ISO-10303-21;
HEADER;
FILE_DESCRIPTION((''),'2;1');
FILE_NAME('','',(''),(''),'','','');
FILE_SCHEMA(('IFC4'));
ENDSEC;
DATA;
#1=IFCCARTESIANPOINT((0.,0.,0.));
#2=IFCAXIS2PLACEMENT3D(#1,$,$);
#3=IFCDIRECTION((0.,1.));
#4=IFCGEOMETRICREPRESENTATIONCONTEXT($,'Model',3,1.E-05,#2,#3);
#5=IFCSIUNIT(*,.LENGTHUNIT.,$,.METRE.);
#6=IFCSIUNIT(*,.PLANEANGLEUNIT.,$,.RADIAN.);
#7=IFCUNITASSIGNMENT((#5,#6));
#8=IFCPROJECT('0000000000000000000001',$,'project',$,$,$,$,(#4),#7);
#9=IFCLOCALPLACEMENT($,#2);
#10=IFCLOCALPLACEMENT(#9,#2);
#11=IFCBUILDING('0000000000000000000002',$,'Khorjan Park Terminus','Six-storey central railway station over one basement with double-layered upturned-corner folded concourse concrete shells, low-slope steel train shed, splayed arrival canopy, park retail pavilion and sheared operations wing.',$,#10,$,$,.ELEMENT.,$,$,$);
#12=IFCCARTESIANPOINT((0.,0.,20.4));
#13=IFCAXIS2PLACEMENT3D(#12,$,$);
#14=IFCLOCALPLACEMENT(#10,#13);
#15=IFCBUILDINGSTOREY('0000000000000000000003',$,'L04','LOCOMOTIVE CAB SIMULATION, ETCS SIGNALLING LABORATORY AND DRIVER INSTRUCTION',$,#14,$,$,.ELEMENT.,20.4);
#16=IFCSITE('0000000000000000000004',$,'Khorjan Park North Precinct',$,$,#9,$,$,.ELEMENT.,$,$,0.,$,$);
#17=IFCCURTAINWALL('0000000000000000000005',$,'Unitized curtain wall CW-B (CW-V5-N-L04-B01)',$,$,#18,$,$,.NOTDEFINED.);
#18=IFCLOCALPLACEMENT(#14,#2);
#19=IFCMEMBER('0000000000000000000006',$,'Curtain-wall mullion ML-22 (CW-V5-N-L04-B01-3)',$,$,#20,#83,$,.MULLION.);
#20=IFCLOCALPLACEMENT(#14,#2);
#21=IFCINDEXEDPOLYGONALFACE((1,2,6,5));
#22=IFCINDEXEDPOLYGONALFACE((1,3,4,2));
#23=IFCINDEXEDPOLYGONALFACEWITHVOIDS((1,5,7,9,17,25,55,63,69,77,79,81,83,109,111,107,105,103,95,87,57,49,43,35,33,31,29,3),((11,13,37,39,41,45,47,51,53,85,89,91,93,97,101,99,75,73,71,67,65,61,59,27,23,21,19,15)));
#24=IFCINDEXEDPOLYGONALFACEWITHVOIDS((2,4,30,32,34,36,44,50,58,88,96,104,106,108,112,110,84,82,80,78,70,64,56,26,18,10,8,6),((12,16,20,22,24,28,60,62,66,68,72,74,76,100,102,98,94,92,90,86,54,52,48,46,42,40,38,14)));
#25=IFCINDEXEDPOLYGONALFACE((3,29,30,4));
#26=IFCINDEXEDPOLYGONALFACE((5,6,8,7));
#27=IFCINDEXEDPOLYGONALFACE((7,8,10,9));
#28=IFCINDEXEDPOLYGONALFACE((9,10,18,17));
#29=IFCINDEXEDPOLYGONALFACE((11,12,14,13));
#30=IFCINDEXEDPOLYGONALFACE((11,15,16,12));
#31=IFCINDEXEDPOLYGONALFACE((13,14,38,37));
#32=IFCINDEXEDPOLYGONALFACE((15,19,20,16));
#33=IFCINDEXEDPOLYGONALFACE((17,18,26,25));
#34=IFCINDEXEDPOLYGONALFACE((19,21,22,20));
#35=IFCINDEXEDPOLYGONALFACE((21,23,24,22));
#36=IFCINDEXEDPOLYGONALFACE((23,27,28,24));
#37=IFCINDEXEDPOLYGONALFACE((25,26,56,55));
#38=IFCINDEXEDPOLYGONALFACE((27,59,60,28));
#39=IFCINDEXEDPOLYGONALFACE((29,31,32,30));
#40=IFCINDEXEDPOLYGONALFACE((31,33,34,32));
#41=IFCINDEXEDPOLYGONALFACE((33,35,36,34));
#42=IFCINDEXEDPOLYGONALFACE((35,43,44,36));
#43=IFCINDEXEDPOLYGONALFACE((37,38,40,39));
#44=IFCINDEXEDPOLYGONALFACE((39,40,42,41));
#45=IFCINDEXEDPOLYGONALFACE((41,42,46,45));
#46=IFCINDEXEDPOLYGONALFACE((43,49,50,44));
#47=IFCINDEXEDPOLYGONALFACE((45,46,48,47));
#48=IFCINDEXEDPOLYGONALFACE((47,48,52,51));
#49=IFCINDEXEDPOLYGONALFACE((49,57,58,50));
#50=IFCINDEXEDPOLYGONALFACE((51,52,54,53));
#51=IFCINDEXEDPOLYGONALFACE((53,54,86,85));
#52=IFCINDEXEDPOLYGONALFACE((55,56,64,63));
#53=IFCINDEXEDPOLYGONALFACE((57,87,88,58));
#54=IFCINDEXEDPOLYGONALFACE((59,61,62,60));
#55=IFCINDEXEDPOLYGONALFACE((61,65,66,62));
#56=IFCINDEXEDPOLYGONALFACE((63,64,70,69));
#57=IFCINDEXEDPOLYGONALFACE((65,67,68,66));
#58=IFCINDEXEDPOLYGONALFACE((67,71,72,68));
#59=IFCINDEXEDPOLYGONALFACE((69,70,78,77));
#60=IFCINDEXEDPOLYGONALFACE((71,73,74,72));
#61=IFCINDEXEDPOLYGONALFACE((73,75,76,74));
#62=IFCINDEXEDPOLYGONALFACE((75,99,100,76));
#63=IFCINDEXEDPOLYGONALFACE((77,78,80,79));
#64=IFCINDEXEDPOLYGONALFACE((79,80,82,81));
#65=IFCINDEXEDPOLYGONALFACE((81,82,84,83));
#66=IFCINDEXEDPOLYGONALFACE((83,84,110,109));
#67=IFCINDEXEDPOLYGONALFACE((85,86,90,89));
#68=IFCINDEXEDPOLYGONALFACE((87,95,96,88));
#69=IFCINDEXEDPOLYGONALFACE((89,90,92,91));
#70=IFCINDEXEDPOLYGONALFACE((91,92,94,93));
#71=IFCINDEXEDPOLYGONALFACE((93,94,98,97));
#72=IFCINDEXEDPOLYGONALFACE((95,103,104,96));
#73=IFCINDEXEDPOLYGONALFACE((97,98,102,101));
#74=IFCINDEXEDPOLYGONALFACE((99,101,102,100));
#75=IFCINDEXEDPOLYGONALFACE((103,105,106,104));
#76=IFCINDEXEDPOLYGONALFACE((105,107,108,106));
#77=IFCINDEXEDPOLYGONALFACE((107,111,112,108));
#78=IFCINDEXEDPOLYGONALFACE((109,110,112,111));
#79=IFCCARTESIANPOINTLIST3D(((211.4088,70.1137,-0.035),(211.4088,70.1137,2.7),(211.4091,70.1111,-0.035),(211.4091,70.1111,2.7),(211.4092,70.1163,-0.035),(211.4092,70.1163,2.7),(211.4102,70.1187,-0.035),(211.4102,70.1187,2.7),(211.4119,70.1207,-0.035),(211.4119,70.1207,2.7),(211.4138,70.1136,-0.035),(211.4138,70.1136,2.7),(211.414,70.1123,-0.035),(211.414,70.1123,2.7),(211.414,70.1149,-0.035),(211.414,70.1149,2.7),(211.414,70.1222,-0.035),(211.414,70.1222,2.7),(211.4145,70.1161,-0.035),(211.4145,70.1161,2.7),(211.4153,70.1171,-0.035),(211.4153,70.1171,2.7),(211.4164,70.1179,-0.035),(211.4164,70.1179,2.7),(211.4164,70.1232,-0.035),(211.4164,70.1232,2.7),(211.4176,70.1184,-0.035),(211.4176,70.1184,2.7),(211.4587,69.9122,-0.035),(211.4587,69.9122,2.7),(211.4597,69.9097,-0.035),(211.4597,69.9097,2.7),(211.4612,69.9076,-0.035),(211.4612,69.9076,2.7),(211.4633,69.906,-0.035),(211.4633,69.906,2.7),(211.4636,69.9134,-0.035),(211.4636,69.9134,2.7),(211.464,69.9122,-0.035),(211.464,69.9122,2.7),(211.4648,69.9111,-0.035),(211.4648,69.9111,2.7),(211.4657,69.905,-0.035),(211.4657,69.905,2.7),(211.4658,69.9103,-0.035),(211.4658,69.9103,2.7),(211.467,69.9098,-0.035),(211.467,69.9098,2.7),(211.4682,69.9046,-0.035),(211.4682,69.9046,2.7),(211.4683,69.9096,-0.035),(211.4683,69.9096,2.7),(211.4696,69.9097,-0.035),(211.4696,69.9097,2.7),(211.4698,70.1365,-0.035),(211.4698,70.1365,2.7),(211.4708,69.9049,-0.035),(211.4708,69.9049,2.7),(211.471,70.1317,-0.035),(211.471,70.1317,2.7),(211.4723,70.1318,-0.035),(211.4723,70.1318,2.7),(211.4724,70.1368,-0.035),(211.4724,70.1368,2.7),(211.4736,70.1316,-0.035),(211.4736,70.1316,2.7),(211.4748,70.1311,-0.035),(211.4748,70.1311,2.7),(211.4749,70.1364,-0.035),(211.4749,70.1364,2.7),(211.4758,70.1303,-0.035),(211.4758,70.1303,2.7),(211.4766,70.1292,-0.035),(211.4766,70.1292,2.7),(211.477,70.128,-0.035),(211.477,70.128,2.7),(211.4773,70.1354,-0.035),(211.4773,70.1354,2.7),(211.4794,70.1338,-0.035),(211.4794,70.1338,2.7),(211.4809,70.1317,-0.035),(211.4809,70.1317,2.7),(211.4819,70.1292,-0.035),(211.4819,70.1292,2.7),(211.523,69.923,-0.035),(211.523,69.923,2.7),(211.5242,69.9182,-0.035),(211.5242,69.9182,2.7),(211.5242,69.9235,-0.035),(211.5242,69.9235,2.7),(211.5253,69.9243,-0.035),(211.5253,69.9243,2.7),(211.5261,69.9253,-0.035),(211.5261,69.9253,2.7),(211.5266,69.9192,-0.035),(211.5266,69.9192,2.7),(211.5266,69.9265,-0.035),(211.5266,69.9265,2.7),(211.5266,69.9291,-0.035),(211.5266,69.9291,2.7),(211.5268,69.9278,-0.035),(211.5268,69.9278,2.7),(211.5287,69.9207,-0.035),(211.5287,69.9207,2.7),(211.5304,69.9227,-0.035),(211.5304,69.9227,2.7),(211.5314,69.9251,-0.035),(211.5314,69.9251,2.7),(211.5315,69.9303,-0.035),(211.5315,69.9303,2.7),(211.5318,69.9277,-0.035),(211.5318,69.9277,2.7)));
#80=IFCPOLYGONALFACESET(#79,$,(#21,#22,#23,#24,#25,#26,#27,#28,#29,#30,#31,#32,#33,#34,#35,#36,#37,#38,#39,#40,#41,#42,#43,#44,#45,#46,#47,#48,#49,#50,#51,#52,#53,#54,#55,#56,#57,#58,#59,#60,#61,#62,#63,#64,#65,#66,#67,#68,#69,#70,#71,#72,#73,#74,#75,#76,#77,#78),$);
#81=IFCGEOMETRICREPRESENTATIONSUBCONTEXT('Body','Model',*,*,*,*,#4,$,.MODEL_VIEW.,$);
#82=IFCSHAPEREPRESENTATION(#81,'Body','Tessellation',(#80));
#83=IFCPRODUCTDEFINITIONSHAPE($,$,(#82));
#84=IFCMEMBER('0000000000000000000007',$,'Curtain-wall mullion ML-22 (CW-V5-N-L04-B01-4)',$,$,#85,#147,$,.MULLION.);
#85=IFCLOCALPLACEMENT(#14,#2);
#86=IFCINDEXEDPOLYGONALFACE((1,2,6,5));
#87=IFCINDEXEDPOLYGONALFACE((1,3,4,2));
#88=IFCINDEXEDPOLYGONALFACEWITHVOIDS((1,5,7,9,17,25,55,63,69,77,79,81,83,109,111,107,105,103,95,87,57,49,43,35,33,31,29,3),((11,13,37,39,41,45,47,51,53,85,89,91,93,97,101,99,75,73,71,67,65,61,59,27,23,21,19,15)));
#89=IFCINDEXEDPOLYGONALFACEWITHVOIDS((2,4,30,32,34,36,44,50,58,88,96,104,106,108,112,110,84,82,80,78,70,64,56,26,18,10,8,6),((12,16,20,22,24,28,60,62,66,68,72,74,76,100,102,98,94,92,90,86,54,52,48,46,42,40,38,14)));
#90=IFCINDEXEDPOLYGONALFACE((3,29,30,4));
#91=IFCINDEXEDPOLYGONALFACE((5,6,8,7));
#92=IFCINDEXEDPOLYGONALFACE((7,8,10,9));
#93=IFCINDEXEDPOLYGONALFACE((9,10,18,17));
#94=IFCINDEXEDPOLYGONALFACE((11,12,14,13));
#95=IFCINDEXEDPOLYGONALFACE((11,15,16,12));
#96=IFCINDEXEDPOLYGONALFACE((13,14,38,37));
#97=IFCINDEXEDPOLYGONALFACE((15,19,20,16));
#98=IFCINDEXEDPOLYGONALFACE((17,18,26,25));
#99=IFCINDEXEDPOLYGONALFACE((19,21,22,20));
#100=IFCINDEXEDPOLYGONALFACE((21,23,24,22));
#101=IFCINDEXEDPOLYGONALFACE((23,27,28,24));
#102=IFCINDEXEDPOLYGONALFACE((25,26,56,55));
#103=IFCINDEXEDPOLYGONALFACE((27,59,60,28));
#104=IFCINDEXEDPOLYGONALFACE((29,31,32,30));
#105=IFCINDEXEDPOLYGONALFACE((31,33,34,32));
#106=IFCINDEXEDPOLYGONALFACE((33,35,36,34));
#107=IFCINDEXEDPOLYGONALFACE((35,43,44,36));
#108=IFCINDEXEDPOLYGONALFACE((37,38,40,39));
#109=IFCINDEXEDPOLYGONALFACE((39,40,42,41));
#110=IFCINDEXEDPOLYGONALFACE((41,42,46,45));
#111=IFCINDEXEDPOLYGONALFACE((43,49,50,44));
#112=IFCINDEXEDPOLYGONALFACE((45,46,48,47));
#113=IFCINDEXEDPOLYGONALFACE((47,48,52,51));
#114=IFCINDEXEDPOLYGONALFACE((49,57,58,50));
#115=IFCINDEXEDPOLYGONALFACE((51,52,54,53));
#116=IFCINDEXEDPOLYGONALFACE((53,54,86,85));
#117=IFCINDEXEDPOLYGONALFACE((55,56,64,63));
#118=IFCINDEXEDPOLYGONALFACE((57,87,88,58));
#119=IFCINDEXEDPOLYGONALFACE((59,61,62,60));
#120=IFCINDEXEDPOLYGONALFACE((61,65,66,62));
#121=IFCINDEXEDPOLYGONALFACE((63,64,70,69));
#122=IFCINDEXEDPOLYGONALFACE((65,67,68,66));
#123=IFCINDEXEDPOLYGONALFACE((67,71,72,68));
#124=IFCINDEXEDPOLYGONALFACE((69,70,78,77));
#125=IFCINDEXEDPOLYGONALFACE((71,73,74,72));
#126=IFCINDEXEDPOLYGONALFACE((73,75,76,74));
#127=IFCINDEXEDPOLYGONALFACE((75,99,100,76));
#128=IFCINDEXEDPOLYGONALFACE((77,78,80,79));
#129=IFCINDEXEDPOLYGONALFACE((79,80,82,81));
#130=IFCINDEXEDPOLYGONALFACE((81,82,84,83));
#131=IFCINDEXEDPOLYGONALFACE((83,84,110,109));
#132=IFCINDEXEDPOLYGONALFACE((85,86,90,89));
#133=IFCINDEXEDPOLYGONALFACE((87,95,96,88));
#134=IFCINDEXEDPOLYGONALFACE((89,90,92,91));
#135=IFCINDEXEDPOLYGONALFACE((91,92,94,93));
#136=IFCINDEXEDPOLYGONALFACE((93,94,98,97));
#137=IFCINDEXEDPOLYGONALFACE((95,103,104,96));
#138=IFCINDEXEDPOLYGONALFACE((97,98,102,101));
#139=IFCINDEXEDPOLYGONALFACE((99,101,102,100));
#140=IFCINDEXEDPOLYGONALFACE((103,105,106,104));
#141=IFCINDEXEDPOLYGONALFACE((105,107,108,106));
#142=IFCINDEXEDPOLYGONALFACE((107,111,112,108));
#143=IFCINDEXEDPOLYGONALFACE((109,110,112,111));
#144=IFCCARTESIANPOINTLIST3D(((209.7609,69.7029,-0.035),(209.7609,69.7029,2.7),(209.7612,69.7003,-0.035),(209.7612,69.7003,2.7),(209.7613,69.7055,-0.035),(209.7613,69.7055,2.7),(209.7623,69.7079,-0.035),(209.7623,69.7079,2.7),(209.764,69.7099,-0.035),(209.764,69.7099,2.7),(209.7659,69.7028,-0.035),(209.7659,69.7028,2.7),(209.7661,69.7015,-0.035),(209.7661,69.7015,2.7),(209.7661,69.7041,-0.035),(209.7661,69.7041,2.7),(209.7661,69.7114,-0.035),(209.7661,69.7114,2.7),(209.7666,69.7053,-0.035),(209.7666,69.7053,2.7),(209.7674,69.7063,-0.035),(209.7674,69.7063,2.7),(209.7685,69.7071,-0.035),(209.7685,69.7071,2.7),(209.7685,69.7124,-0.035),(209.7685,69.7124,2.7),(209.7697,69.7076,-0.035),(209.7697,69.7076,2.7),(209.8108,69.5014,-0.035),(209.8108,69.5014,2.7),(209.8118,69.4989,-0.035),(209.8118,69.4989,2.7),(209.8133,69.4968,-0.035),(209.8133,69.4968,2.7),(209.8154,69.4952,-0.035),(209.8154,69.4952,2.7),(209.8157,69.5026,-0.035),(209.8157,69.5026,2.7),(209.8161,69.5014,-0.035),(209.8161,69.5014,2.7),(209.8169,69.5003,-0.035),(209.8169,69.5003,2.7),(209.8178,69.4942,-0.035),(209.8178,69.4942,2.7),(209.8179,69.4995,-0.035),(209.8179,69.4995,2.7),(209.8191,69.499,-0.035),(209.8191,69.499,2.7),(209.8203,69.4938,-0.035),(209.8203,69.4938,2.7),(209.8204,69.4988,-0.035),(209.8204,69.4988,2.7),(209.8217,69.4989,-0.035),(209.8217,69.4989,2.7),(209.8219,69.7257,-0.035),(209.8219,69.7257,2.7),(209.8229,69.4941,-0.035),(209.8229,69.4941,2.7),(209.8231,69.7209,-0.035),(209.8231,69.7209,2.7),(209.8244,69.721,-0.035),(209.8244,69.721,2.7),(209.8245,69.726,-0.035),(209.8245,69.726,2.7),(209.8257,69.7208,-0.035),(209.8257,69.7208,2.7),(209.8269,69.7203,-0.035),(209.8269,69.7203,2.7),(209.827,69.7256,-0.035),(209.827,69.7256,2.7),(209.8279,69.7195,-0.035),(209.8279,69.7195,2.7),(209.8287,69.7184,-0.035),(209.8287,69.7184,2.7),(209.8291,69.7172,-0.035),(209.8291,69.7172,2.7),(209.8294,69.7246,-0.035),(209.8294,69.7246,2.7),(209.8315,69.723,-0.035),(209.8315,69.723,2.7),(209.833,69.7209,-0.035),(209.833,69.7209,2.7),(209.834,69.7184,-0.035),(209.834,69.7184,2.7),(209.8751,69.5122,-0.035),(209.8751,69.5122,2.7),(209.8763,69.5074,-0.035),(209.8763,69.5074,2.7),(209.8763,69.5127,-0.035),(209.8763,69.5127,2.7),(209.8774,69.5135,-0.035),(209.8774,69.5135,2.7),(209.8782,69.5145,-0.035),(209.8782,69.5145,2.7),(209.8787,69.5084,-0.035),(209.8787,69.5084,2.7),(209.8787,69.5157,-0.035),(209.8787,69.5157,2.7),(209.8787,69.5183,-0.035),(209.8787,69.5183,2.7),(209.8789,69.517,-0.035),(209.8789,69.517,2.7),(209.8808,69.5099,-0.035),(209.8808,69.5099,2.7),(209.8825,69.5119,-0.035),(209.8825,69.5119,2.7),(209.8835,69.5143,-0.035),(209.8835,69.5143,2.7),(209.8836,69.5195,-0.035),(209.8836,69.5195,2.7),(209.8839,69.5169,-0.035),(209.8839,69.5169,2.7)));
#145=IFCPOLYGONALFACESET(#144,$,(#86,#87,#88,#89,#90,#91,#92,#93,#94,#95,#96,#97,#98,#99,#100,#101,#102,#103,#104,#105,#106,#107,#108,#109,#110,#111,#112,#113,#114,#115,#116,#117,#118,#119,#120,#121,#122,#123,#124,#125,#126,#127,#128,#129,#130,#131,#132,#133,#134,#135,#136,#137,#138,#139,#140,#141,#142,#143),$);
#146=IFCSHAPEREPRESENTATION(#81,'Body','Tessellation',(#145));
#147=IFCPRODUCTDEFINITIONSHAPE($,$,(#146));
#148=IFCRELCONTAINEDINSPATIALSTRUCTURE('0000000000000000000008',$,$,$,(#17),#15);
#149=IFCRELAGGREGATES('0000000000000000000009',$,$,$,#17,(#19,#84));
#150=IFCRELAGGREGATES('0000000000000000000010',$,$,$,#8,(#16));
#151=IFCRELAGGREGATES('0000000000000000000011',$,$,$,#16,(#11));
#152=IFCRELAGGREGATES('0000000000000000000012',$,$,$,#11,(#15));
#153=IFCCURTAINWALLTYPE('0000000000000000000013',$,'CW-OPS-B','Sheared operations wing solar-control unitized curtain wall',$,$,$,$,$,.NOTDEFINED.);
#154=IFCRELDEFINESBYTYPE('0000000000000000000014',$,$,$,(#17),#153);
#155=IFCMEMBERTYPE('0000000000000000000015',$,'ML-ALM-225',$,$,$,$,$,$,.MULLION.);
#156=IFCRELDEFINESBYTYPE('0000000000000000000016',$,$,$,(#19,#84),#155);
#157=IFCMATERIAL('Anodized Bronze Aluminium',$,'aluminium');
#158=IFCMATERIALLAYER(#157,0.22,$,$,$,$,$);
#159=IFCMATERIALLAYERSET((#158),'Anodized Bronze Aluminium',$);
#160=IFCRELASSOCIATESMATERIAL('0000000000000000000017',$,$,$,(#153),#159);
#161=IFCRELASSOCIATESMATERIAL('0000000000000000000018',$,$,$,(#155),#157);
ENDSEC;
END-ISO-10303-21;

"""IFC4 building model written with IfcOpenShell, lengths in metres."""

from ifc_helpers import new_model, si_unit, direction, frame, origin, origin_2d, place, context, subcontext, project, spatial, hollow_rectangle, extrude, material, layer, layer_set, material_profile, profile_set, type_object, element, aggregate, save


model = new_model("IFC4")

# Units and contexts
model_context = context("Model", 3, precision=1e-05, world=origin(), true_north=direction((0.0, 1.0)))
body_context = subcontext(model_context, "Body", "Model", "MODEL_VIEW")
ifc_project = project(units=[si_unit("LENGTHUNIT", "METRE"), si_unit("PLANEANGLEUNIT", "RADIAN")], contexts=[model_context])

# Site, building, storey
site_placement = place(None, origin())
site = spatial("IfcSite", under=ifc_project, at=site_placement, Name="Khorjan Park North Precinct", CompositionType="ELEMENT", RefElevation=0.0)
building_placement = place(site_placement, origin())
building = spatial("IfcBuilding", under=site, at=building_placement, Name="Khorjan Park Terminus", Description="Six-storey central railway station over one basement with double-layered upturned-corner folded concourse concrete shells, low-slope steel train shed, splayed arrival canopy, park retail pavilion and sheared operations wing.", CompositionType="ELEMENT")
storey_placement = place(building_placement, frame((0.0, 0.0, 20.4)))
storey = spatial("IfcBuildingStorey", under=building, at=storey_placement, Name="L04", Description="LOCOMOTIVE CAB SIMULATION, ETCS SIGNALLING LABORATORY AND DRIVER INSTRUCTION", CompositionType="ELEMENT", Elevation=20.4)

# Shared definitions
ifc_material_1 = material(Name="Anodized Bronze Aluminium", Category="aluminium")
ifc_layer_1 = layer(ifc_material_1, 0.22)
ifc_layer_set_1 = layer_set([ifc_layer_1], Name="Anodized Bronze Aluminium")
curtain_wall_type = type_object("IfcCurtainWallType", Name="CW-OPS-B", Description="Sheared operations wing solar-control unitized curtain wall", PredefinedType="NOTDEFINED", material=ifc_layer_set_1)
ifc_material_profile_1 = material_profile(ifc_material_1, hollow_rectangle(XDim=0.075, YDim=0.225, WallThickness=0.005, InnerFilletRadius=0.005, OuterFilletRadius=0.01, at=origin_2d()), Name="ALM 75x225x5")
ifc_profile_set_1 = profile_set([ifc_material_profile_1], Name="Anodized Bronze Aluminium")
member_type_1 = type_object("IfcMemberType", Name="ML-ALM-225", PredefinedType="MULLION", material=ifc_profile_set_1)

# Curtain wall, members
curtain_wall_1_placement = place(storey_placement, origin())
curtain_wall_1 = element("IfcCurtainWall", 1, at=curtain_wall_1_placement, inside=storey, type_object=curtain_wall_type, Name="Unitized curtain wall CW-B (CW-V5-N-L04-B01)", PredefinedType="NOTDEFINED")
member_1_placement = place(storey_placement, frame((211.4703, 70.0207, -0.035), z_axis=(0.0, 0.0, 1.0), x_axis=(-0.970296, -0.241919, 0.0)))
member_1 = element("IfcMember", 2, at=member_1_placement, type_object=member_type_1, Name="Curtain-wall mullion ML-22 (CW-V5-N-L04-B01-3)", PredefinedType="MULLION", context=body_context, shape_type="SweptSolid", body=[
    extrude(hollow_rectangle(XDim=0.075, YDim=0.225, WallThickness=0.005, InnerFilletRadius=0.005, OuterFilletRadius=0.01, at=origin_2d()), origin(), (0.0, 0.0, 1.0), 2.735),
])
member_2_placement = place(storey_placement, frame((209.8224, 69.6099, -0.035), z_axis=(0.0, 0.0, 1.0), x_axis=(-0.970296, -0.241919, 0.0)))
member_2 = element("IfcMember", 3, at=member_2_placement, type_object=member_type_1, Name="Curtain-wall mullion ML-22 (CW-V5-N-L04-B01-4)", PredefinedType="MULLION", context=body_context, shape_type="SweptSolid", body=[
    extrude(hollow_rectangle(XDim=0.075, YDim=0.225, WallThickness=0.005, InnerFilletRadius=0.005, OuterFilletRadius=0.01, at=origin_2d()), origin(), (0.0, 0.0, 1.0), 2.735),
])

aggregate(curtain_wall_1, [member_1, member_2])

save(model, "model.ifc")
